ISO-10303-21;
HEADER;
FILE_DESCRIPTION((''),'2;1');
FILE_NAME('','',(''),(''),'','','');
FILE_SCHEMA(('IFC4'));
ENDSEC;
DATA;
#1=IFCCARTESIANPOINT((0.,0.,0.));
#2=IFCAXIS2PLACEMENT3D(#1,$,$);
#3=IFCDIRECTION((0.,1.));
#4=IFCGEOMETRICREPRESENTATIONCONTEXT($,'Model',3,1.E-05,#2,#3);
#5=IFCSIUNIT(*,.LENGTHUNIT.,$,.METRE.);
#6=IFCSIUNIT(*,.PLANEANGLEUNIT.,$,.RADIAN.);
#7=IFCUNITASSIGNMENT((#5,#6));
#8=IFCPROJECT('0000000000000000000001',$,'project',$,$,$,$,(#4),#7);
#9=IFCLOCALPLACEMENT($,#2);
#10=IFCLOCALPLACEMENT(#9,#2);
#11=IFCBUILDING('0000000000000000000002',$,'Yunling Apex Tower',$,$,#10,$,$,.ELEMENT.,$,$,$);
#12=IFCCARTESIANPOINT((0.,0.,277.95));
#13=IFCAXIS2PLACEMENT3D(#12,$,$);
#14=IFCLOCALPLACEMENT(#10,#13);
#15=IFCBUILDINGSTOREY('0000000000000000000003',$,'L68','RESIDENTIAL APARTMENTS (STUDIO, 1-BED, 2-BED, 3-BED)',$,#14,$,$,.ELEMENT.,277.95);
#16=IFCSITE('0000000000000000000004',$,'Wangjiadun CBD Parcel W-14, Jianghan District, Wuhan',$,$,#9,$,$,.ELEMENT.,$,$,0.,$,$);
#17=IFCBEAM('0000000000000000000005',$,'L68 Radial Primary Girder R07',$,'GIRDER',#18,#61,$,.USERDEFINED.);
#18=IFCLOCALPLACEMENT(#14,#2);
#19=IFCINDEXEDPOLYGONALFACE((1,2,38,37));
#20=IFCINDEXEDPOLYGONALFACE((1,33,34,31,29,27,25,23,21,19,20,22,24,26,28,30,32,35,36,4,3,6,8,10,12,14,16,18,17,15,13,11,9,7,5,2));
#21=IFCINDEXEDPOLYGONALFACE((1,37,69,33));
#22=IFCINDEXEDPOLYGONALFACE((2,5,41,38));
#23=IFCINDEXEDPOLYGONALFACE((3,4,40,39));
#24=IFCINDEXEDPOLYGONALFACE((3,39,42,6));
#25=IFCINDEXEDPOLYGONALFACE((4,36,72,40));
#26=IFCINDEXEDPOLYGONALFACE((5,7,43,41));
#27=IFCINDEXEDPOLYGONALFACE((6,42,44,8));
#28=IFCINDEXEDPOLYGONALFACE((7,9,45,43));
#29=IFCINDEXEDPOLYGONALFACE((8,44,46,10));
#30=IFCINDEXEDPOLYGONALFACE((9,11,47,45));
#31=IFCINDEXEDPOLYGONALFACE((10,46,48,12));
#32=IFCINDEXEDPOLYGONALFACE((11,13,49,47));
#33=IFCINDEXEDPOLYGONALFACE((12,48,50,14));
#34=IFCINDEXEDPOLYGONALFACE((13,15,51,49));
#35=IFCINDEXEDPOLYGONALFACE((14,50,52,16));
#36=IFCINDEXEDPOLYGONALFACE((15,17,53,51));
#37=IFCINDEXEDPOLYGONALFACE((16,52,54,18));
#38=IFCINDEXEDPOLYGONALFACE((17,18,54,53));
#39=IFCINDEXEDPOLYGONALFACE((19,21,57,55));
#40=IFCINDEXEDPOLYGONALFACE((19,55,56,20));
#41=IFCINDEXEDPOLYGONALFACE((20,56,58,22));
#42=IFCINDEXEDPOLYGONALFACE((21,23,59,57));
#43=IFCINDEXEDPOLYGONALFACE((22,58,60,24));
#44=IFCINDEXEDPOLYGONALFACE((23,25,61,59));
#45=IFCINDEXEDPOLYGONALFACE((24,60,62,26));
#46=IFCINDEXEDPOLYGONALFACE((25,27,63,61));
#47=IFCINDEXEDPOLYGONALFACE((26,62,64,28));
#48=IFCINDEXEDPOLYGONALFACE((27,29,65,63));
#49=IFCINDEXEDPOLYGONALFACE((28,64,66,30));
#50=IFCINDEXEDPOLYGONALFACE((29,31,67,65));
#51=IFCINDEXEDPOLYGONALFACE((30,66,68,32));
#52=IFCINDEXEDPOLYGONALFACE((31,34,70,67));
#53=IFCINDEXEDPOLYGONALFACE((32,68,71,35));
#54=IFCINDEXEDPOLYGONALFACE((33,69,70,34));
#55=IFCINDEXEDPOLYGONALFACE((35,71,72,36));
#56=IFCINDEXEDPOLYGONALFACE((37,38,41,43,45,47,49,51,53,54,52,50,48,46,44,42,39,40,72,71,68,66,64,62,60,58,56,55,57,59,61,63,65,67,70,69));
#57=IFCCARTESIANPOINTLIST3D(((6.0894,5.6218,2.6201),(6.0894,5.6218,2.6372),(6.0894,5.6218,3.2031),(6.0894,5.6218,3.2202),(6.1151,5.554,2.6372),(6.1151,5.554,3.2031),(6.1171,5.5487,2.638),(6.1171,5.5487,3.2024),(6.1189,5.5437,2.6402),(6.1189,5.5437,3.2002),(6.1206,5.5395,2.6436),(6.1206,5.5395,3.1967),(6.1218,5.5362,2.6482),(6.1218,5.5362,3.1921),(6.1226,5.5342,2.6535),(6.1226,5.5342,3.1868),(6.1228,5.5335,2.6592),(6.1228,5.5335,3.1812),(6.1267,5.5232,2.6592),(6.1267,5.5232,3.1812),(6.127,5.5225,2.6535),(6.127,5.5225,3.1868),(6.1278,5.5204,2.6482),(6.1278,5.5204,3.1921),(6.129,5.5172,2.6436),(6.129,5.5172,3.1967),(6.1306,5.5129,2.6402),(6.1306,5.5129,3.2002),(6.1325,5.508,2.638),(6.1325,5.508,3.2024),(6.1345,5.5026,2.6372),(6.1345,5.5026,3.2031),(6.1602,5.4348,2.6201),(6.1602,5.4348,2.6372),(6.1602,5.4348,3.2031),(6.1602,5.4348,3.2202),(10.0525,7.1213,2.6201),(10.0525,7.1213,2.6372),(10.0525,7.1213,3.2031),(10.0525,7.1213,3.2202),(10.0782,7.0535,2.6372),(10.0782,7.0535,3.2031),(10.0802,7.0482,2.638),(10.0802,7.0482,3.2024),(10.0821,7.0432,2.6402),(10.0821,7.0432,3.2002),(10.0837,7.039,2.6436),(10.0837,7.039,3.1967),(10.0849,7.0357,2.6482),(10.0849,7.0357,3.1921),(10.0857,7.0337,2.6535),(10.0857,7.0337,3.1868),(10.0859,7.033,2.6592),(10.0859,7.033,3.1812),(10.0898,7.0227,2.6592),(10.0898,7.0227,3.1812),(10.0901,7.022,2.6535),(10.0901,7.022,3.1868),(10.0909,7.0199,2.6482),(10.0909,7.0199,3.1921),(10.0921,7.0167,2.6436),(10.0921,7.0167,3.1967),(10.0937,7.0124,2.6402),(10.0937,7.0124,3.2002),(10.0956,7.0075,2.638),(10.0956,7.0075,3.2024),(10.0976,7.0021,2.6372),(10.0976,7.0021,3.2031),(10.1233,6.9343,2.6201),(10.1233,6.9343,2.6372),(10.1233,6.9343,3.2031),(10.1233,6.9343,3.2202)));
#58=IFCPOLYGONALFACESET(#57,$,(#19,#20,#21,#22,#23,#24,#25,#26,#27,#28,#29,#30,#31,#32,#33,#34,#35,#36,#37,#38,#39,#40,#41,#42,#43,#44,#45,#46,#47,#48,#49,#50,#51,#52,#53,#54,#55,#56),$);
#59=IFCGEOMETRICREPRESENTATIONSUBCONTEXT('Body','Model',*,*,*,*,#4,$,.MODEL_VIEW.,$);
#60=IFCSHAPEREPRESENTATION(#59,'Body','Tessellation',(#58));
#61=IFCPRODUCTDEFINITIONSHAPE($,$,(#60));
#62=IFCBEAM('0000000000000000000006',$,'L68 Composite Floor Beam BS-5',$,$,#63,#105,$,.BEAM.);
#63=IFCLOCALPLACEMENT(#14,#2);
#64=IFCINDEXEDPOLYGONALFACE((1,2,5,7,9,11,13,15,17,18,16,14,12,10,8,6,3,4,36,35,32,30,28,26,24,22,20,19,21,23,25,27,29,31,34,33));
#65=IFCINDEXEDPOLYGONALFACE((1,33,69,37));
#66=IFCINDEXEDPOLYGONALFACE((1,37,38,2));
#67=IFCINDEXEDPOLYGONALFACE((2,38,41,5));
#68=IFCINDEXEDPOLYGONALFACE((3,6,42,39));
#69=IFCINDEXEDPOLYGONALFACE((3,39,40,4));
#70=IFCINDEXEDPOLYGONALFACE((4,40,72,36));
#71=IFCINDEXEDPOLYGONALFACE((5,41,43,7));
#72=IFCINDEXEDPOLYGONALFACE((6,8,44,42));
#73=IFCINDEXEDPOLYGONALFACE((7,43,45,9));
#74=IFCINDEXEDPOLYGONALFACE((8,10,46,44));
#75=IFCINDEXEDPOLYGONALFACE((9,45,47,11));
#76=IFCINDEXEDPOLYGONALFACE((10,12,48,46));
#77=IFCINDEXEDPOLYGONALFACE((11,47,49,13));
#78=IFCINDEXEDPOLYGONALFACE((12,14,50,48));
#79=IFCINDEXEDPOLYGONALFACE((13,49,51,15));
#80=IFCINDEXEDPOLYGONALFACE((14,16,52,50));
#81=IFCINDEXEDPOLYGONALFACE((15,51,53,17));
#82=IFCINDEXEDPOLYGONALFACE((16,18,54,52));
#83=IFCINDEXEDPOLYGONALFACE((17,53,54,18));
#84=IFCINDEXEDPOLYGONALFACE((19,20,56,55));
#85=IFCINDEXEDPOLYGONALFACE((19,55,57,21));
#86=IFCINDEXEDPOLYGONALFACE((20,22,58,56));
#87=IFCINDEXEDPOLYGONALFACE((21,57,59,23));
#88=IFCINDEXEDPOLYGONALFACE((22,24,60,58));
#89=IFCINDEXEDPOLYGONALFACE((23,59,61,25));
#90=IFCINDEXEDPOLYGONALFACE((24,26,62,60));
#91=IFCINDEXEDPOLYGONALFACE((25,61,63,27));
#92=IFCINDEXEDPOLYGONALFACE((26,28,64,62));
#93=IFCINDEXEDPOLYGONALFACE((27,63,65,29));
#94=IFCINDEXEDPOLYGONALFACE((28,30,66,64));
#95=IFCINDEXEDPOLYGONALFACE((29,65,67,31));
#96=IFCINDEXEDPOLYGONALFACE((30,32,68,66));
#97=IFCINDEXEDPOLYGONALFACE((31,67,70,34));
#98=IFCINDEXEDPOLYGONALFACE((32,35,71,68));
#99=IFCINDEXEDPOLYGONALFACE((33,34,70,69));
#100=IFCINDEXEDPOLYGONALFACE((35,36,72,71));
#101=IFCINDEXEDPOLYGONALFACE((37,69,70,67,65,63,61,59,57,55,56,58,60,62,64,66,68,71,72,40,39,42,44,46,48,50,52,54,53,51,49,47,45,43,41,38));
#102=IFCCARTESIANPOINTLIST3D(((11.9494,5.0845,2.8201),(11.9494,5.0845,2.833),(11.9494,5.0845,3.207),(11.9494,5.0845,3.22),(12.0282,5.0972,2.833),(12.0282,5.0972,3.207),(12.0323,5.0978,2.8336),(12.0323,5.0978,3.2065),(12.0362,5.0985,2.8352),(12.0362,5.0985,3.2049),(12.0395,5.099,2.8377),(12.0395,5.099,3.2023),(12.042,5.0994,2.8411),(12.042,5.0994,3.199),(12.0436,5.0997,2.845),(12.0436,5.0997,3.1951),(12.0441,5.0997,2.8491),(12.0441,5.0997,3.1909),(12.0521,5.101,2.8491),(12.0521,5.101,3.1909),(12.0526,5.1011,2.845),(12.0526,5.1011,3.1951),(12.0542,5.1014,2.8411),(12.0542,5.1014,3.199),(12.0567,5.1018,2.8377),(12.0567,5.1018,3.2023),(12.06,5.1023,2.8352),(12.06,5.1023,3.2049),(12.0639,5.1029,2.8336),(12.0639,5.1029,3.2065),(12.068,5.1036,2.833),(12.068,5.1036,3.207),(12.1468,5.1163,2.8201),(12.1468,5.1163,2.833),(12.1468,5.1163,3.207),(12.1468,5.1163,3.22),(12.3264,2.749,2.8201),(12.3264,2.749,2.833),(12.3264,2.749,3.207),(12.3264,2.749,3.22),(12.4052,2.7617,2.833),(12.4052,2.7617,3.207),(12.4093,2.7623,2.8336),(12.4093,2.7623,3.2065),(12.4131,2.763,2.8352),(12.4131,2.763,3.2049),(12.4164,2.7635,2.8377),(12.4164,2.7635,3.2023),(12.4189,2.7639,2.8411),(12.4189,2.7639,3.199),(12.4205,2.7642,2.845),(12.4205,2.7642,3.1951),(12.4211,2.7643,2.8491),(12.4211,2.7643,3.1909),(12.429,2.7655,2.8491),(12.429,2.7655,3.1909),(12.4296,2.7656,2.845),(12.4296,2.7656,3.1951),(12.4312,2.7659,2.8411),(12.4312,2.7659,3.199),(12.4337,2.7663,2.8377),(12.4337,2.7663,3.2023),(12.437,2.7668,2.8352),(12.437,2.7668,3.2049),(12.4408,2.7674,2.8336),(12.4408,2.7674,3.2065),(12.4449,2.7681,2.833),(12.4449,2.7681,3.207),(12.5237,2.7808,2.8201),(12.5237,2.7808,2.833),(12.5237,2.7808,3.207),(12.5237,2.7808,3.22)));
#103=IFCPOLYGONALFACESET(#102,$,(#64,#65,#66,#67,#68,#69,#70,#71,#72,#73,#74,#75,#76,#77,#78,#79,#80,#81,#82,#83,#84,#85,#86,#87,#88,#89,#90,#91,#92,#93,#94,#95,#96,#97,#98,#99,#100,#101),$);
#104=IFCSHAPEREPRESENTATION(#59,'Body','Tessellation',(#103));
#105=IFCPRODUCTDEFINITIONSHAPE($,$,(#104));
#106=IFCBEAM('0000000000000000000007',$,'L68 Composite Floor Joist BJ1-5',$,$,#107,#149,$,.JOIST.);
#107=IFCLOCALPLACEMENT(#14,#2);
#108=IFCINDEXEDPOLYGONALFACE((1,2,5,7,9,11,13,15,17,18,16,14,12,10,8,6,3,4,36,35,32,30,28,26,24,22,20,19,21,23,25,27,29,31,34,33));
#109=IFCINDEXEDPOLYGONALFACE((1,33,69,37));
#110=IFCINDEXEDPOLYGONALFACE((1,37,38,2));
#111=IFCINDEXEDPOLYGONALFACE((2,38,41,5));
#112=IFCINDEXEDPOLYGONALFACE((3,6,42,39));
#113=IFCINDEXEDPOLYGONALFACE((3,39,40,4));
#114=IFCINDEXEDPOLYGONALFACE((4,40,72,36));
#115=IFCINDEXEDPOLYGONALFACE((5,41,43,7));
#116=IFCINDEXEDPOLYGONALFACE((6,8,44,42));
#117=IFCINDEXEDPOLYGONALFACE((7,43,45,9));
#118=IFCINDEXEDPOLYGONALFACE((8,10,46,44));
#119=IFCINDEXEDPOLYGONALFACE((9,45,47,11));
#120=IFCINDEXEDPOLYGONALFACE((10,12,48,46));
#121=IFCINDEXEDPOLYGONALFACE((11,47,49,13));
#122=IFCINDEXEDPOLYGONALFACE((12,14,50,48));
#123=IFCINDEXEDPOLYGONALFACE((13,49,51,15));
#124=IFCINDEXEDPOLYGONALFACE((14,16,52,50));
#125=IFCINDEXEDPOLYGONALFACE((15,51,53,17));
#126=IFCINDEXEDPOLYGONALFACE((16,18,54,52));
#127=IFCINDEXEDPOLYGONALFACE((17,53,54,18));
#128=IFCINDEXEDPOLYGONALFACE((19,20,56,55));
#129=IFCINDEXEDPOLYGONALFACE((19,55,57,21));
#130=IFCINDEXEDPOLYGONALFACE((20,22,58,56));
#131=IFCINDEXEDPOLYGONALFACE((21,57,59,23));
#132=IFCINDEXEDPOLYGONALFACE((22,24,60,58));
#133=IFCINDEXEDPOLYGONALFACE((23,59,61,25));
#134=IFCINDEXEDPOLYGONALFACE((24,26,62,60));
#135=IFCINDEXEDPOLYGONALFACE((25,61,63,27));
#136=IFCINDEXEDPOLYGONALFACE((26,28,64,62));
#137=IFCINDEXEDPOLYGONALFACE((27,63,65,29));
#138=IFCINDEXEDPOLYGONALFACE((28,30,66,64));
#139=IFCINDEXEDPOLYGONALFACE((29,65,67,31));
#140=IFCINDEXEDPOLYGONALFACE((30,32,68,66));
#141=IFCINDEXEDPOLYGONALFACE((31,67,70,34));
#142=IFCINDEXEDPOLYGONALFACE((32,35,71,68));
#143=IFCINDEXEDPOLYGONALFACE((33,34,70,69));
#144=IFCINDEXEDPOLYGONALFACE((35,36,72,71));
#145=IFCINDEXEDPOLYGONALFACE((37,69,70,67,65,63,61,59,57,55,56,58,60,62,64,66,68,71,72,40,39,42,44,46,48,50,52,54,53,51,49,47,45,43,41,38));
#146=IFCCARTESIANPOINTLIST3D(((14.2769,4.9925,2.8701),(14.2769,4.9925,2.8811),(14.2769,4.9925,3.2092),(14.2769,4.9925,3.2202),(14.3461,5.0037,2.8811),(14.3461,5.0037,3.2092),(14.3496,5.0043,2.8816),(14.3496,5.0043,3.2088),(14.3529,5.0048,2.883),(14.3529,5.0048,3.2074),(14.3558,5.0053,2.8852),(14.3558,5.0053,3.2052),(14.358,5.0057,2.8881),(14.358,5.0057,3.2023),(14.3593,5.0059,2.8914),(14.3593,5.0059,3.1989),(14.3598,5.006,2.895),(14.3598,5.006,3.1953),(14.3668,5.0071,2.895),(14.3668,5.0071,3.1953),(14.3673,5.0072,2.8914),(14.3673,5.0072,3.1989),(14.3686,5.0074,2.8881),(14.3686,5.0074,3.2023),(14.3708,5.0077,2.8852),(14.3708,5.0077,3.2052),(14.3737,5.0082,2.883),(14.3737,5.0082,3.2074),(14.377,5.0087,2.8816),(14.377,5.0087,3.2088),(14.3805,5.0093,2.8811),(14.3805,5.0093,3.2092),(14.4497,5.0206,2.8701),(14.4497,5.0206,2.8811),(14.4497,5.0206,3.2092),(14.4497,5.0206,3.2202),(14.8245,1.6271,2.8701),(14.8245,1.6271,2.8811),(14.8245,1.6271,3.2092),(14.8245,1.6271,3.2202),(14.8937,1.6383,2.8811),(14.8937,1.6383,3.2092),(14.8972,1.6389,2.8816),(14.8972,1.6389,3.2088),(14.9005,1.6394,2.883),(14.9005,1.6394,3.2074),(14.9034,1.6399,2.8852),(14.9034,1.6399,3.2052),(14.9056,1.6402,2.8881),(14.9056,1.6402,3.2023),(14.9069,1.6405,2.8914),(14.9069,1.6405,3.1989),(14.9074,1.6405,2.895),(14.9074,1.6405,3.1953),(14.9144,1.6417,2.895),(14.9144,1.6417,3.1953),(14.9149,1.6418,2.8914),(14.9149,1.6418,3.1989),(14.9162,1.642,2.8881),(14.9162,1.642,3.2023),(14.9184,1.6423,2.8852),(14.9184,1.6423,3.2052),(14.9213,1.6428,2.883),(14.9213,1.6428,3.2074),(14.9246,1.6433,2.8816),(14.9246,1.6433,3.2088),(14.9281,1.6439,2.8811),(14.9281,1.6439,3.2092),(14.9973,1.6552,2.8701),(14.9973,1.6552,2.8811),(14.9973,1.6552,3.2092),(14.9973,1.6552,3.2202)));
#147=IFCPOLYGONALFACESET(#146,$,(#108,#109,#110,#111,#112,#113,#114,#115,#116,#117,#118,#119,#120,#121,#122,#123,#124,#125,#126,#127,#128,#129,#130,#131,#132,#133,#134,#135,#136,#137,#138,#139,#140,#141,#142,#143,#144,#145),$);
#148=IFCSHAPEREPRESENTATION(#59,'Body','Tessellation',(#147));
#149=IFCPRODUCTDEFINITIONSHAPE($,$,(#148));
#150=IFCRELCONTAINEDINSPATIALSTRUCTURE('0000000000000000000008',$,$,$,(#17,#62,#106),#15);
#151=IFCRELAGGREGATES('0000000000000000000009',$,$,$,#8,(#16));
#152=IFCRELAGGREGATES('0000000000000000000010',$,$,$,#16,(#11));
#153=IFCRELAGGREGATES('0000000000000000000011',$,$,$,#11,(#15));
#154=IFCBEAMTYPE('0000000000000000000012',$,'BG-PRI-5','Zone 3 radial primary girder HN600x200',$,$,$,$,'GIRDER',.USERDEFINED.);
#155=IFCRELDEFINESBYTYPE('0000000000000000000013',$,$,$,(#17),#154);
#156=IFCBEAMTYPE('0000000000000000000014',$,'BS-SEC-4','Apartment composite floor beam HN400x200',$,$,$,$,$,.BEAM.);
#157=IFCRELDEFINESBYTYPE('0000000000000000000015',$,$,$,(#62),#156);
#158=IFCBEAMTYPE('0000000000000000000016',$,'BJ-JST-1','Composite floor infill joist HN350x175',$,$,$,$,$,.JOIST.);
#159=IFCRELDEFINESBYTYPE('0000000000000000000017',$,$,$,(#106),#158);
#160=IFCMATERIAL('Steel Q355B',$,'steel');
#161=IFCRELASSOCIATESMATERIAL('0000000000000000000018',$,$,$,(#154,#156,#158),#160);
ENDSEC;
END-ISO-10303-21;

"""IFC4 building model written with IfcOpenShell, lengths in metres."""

from ifc_helpers import new_model, si_unit, direction, frame, origin, origin_2d, place, context, subcontext, project, spatial, i_section, extrude, source, transform, mapped, material, material_profile, profile_set, type_object, element, save


model = new_model("IFC4")

# Units and contexts
model_context = context("Model", 3, precision=1e-05, world=origin(), true_north=direction((0.0, 1.0)))
body_context = subcontext(model_context, "Body", "Model", "MODEL_VIEW")
ifc_project = project(units=[si_unit("LENGTHUNIT", "METRE"), si_unit("PLANEANGLEUNIT", "RADIAN")], contexts=[model_context])

# Site, building, storey
site_placement = place(None, origin())
site = spatial("IfcSite", under=ifc_project, at=site_placement, Name="Wangjiadun CBD Parcel W-14, Jianghan District, Wuhan", CompositionType="ELEMENT", RefElevation=0.0)
building_placement = place(site_placement, origin())
building = spatial("IfcBuilding", under=site, at=building_placement, Name="Yunling Apex Tower", CompositionType="ELEMENT")
storey_placement = place(building_placement, frame((0.0, 0.0, 277.95)))
storey = spatial("IfcBuildingStorey", under=building, at=storey_placement, Name="L68", Description="RESIDENTIAL APARTMENTS (STUDIO, 1-BED, 2-BED, 3-BED)", CompositionType="ELEMENT", Elevation=277.95)

# Shared definitions
ifc_material_1 = material(Name="Steel Q355B", Category="steel")

# Beams
ifc_material_profile_1 = material_profile(ifc_material_1, i_section(OverallWidth=0.2, OverallDepth=0.6001, WebThickness=0.011, FlangeThickness=0.0171, FilletRadius=0.022, at=origin_2d()))
ifc_profile_set_1 = profile_set([ifc_material_profile_1], Name="Steel Q355B")
beam_type_1 = type_object("IfcBeamType", Name="BG-PRI-5", Description="Zone 3 radial primary girder HN600x200", ElementType="GIRDER", PredefinedType="USERDEFINED", material=ifc_profile_set_1)
shared_shape_1 = source(origin(), body_context, "Body", "SweptSolid", [
    extrude(i_section(OverallWidth=0.2, OverallDepth=0.6001, WebThickness=0.011, FlangeThickness=0.0171, FilletRadius=0.022, at=origin_2d()), origin(), (0.0, 0.0, 1.0), 4.2373),
])
beam_1_placement = place(storey_placement, frame((10.0879, 7.0278, 2.9202), z_axis=(-0.93529, -0.353881, 0.0), x_axis=(0.353881, -0.93529, 0.0)))
element("IfcBeam", 1, at=beam_1_placement, inside=storey, type_object=beam_type_1, Name="L68 Radial Primary Girder R07", ObjectType="GIRDER", PredefinedType="USERDEFINED", context=body_context, shape_type="MappedRepresentation", body=[
    mapped(shared_shape_1, transform((0.0, 0.0, 0.0), scale=1.0)),
])
ifc_material_profile_2 = material_profile(ifc_material_1, i_section(OverallWidth=0.2, OverallDepth=0.3999, WebThickness=0.0081, FlangeThickness=0.0129, FilletRadius=0.0161, at=origin_2d()))
ifc_profile_set_2 = profile_set([ifc_material_profile_2], Name="Steel Q355B")
beam_type_2 = type_object("IfcBeamType", Name="BS-SEC-4", Description="Apartment composite floor beam HN400x200", PredefinedType="BEAM", material=ifc_profile_set_2)
shared_shape_2 = source(origin(), body_context, "Body", "SweptSolid", [
    extrude(i_section(OverallWidth=0.2, OverallDepth=0.3999, WebThickness=0.0081, FlangeThickness=0.0129, FilletRadius=0.0161, at=origin_2d()), origin(), (0.0, 0.0, 1.0), 2.3657),
])
beam_2_placement = place(storey_placement, frame((12.425, 2.7649, 3.02), z_axis=(-0.159343, 0.987223, 0.0), x_axis=(-0.987223, -0.159343, 0.0)))
element("IfcBeam", 2, at=beam_2_placement, inside=storey, type_object=beam_type_2, Name="L68 Composite Floor Beam BS-5", PredefinedType="BEAM", context=body_context, shape_type="MappedRepresentation", body=[
    mapped(shared_shape_2, transform((0.0, 0.0, 0.0), scale=1.0)),
])
ifc_material_profile_3 = material_profile(ifc_material_1, i_section(OverallWidth=0.175, OverallDepth=0.3501, WebThickness=0.0071, FlangeThickness=0.011, FilletRadius=0.0139, at=origin_2d()))
ifc_profile_set_3 = profile_set([ifc_material_profile_3], Name="Steel Q355B")
beam_type_3 = type_object("IfcBeamType", Name="BJ-JST-1", Description="Composite floor infill joist HN350x175", PredefinedType="JOIST", material=ifc_profile_set_3)
shared_shape_3 = source(origin(), body_context, "Body", "SweptSolid", [
    extrude(i_section(OverallWidth=0.175, OverallDepth=0.3501, WebThickness=0.0071, FlangeThickness=0.011, FilletRadius=0.0139, at=origin_2d()), origin(), (0.0, 0.0, 1.0), 3.4097),
])
beam_3_placement = place(storey_placement, frame((14.9109, 1.6411, 3.0452), z_axis=(-0.160601, 0.987019, 0.0), x_axis=(-0.987019, -0.160601, 0.0)))
element("IfcBeam", 3, at=beam_3_placement, inside=storey, type_object=beam_type_3, Name="L68 Composite Floor Joist BJ1-5", PredefinedType="JOIST", context=body_context, shape_type="MappedRepresentation", body=[
    mapped(shared_shape_3, transform((0.0, 0.0, 0.0), scale=1.0)),
])

save(model, "model.ifc")
